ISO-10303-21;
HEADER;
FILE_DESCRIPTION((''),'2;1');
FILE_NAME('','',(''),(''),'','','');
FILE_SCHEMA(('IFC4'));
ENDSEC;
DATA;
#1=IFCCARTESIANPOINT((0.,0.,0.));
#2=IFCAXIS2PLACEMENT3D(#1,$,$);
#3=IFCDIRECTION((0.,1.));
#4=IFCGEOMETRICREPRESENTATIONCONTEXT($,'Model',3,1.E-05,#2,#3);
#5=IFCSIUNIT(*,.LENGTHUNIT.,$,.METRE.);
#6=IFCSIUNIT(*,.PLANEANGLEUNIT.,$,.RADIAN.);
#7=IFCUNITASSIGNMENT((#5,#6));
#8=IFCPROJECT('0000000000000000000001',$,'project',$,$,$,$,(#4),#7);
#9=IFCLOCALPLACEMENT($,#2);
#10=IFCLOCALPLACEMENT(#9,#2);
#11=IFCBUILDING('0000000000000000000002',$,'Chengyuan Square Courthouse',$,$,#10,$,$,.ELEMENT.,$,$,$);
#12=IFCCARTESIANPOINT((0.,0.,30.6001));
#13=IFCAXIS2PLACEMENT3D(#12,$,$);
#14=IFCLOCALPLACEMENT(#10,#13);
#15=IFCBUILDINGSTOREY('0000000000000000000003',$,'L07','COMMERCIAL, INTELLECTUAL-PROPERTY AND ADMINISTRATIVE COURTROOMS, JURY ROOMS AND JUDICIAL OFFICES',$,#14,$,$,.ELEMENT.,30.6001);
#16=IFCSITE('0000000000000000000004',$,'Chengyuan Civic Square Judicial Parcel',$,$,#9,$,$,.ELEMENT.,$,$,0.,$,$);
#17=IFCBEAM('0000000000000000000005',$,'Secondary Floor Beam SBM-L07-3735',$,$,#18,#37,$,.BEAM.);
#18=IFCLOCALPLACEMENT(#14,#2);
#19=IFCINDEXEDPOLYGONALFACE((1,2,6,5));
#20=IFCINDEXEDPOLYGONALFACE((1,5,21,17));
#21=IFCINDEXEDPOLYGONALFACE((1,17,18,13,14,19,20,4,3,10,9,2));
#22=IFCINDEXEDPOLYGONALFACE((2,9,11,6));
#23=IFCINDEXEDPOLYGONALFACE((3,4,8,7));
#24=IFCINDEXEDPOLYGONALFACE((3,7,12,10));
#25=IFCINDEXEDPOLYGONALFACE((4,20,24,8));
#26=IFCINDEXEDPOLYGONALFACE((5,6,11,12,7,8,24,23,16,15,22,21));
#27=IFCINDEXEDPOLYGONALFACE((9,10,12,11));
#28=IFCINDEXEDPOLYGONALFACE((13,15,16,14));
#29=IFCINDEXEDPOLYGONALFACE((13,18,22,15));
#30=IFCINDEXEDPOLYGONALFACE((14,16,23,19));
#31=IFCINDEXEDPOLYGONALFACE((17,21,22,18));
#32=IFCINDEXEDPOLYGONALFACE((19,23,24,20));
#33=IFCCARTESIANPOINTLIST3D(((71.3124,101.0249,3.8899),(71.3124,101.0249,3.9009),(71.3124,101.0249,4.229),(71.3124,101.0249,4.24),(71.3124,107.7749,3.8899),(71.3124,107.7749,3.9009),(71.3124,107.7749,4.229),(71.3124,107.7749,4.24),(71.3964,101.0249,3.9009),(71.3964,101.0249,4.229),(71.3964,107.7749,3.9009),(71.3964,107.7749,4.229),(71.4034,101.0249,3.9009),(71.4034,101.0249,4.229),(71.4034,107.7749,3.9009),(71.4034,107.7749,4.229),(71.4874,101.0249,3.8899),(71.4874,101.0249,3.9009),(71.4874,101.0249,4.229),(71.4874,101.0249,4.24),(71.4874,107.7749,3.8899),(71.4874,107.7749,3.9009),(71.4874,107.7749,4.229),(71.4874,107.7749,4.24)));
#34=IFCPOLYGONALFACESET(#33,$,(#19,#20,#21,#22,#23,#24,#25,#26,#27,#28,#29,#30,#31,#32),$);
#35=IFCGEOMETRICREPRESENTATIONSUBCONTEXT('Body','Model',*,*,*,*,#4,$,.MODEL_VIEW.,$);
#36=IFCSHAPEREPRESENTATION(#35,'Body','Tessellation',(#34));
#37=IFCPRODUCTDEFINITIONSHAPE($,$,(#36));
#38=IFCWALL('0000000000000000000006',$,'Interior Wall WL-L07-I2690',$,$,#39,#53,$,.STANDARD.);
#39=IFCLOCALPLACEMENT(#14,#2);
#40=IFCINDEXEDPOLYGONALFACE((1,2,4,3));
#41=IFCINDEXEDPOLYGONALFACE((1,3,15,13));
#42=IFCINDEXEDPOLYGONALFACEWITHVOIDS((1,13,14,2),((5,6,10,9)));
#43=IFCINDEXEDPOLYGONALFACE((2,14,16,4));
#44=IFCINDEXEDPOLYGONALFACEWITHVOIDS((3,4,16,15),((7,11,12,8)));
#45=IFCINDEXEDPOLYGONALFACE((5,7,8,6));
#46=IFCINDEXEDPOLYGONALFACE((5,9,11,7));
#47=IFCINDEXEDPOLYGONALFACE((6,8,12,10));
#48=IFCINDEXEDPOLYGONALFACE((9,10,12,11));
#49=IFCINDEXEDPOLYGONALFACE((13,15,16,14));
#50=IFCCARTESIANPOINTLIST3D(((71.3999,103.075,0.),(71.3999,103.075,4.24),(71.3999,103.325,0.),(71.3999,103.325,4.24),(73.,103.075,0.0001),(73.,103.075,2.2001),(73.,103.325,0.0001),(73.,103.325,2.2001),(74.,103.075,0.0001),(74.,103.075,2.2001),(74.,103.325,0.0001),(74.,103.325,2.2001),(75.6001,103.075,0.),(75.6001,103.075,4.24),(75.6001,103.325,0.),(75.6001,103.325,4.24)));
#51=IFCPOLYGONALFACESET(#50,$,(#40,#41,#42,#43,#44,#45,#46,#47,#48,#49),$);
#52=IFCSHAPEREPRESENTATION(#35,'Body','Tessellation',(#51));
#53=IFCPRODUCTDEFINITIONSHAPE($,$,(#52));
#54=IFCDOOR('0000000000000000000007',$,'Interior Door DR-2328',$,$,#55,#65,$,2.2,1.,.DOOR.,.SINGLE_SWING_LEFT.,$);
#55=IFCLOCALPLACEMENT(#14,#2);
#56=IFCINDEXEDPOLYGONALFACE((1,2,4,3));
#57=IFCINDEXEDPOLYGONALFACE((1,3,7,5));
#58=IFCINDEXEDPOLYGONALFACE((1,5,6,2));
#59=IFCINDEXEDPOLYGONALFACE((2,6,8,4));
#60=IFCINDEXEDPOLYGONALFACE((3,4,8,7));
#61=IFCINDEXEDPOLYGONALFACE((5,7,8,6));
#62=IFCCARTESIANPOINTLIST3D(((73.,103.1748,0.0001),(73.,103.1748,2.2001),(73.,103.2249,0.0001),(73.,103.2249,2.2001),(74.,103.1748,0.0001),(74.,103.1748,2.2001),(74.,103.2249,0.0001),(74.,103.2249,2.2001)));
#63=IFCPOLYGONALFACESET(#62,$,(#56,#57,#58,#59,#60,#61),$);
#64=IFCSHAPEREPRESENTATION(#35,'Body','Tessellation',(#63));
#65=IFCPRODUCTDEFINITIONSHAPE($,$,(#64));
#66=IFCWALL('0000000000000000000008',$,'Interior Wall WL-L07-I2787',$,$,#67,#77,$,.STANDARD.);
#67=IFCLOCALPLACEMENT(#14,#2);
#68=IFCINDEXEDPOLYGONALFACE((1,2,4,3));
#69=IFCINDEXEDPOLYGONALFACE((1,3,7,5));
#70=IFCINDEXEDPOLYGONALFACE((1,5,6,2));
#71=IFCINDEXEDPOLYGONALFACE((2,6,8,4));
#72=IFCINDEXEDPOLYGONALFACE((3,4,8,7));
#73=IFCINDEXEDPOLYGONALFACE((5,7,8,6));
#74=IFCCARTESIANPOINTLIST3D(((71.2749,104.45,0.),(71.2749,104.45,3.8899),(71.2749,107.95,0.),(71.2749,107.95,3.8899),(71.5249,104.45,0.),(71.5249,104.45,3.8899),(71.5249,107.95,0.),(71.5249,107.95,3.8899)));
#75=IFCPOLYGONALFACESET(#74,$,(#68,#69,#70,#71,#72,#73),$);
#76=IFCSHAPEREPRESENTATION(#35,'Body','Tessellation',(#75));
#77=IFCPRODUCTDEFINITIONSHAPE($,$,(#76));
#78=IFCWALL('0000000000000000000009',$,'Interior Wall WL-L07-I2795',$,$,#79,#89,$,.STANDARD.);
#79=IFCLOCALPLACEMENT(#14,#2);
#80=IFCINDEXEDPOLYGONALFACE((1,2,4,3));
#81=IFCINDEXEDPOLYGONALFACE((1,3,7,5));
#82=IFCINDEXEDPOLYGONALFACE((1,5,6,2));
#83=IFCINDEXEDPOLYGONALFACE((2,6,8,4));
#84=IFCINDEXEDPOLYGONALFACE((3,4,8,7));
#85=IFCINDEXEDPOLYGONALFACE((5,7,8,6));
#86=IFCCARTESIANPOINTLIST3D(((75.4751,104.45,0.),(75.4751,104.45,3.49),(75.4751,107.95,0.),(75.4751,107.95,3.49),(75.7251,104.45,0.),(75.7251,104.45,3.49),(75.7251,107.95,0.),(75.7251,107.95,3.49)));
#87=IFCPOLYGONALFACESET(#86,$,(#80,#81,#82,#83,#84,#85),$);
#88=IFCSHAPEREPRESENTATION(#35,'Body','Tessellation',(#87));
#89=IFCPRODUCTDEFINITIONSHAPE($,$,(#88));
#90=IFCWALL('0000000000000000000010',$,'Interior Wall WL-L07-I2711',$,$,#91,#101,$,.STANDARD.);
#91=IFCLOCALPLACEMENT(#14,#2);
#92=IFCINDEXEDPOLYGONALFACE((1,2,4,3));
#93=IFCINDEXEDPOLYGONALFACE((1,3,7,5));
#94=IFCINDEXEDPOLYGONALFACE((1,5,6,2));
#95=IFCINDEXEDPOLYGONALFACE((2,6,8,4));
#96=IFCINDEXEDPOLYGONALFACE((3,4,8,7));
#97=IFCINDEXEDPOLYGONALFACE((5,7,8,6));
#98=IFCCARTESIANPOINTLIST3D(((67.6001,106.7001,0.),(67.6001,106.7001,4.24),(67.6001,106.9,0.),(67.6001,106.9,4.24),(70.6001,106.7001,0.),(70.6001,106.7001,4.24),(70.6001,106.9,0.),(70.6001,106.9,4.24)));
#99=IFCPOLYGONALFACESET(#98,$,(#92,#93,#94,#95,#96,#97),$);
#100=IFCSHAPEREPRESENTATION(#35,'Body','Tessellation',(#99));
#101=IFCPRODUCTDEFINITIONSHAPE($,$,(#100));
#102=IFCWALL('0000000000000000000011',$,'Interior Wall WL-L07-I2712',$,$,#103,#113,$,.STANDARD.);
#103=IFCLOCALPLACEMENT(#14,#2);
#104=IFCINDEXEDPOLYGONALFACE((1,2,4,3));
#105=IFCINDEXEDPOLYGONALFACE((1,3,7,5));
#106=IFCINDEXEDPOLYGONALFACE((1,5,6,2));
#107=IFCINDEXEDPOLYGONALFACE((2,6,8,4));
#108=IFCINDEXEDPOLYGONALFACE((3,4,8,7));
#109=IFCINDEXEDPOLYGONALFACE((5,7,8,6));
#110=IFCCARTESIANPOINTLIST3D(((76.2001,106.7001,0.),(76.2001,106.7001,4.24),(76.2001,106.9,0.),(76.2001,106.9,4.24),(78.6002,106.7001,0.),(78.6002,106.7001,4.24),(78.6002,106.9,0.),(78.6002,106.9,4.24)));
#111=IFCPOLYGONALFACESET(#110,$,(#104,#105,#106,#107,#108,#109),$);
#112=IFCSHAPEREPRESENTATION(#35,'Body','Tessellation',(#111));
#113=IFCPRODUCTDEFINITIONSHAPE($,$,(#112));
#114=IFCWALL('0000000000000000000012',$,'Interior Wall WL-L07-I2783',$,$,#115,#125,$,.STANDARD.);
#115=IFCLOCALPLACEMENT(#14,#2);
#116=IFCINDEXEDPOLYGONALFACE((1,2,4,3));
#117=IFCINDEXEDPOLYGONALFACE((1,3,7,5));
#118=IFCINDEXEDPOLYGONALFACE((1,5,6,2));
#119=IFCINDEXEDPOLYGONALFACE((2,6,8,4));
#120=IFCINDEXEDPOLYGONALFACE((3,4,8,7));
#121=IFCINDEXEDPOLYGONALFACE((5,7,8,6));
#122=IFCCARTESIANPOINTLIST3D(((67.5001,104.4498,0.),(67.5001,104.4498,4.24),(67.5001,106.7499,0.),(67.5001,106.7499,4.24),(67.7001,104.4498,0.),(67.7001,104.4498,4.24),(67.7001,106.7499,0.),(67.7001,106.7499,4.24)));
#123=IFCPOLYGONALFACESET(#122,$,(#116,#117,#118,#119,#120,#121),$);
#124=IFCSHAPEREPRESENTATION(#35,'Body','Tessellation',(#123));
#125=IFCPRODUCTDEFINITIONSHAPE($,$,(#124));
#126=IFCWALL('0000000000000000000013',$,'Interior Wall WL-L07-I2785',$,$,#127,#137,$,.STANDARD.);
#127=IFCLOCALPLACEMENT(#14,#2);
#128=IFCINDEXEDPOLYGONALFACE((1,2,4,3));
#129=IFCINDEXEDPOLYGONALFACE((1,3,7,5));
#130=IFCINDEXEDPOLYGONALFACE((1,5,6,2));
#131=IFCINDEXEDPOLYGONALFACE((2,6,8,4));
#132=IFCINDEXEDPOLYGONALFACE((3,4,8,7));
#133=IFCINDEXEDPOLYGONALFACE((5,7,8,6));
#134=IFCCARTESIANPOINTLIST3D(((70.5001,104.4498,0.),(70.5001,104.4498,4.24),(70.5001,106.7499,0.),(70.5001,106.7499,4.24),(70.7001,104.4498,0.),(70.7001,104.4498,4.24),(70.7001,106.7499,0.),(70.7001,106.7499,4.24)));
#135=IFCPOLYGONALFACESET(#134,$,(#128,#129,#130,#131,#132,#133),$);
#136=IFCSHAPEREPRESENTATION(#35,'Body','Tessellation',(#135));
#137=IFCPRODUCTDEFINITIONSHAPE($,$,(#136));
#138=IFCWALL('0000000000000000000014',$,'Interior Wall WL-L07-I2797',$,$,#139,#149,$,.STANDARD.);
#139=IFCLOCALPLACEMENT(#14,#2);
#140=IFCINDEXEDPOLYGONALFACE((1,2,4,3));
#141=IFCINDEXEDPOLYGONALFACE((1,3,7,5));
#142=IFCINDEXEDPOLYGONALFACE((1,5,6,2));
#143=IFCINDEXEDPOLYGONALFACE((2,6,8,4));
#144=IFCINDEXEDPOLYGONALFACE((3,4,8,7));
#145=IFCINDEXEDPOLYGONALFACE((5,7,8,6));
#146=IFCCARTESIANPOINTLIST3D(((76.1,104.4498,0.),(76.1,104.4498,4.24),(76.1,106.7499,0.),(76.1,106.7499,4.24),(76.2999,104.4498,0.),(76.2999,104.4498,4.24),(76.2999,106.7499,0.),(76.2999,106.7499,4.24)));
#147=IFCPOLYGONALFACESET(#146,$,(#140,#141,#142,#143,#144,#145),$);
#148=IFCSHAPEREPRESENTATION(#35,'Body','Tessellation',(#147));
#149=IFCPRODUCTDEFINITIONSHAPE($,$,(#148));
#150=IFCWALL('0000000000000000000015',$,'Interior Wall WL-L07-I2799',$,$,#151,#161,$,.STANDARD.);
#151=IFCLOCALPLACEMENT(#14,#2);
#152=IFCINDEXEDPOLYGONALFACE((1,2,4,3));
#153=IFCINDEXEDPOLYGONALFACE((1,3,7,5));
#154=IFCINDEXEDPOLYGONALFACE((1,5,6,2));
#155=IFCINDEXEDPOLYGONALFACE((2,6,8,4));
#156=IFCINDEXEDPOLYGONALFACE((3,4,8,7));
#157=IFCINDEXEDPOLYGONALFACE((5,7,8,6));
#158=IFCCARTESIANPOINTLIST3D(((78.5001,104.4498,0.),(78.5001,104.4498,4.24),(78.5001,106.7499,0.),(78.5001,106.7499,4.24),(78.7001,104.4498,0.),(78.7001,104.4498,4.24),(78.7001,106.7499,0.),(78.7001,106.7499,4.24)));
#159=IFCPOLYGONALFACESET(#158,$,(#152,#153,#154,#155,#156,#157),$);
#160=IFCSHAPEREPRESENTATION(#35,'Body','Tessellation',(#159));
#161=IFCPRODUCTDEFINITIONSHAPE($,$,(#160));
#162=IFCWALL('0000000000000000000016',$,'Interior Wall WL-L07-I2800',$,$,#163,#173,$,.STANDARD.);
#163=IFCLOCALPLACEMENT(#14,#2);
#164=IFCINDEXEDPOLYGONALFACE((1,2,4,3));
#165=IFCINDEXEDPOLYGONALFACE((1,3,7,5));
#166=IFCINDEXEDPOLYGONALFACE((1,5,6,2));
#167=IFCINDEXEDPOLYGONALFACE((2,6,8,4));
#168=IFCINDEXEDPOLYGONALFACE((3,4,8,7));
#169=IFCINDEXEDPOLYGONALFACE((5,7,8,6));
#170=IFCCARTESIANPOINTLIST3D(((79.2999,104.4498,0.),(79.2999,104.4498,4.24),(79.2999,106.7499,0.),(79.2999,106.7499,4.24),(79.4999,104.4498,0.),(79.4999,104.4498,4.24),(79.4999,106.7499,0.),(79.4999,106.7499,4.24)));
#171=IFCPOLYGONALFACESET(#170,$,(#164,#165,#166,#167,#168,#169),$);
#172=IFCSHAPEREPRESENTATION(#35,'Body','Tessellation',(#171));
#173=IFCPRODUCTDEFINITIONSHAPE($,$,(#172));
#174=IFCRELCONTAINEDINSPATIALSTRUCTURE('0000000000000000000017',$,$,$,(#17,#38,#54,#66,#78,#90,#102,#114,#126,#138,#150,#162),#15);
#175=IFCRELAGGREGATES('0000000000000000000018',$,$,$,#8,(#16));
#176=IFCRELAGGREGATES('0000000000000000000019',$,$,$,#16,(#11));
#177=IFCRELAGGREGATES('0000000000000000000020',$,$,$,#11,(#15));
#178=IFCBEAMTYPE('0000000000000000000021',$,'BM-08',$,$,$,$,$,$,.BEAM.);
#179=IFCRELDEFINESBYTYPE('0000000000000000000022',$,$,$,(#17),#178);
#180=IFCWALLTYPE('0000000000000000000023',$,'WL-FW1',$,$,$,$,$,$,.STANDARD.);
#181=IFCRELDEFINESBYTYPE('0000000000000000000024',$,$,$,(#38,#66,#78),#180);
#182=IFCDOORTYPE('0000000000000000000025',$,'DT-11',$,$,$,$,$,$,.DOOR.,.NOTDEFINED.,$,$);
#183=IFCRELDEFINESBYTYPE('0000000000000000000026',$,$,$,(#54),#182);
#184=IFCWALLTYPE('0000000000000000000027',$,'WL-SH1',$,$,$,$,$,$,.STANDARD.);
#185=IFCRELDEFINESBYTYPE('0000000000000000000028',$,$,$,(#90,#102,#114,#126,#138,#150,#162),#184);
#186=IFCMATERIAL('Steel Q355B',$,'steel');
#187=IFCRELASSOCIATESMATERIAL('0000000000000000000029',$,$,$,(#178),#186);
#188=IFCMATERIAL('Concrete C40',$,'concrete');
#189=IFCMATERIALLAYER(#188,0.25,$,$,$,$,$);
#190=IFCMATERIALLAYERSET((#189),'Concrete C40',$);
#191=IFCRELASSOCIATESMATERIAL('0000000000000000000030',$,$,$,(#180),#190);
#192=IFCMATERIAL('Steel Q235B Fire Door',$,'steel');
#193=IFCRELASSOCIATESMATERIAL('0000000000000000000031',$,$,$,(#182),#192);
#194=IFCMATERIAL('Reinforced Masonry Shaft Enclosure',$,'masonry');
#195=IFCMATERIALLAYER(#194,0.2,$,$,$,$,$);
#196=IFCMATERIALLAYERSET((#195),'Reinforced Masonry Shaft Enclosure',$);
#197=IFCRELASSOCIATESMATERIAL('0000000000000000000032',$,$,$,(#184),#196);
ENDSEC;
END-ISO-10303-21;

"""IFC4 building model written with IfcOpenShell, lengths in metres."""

from ifc_helpers import new_model, si_unit, direction, frame, frame_2d, origin, origin_2d, place, context, subcontext, project, spatial, rectangle, i_section, extrude, material, layer, layer_set, material_profile, profile_set, type_object, element, fill, save


model = new_model("IFC4")

# Units and contexts
model_context = context("Model", 3, precision=1e-05, world=origin(), true_north=direction((0.0, 1.0)))
body_context = subcontext(model_context, "Body", "Model", "MODEL_VIEW")
ifc_project = project(units=[si_unit("LENGTHUNIT", "METRE"), si_unit("PLANEANGLEUNIT", "RADIAN")], contexts=[model_context])

# Site, building, storey
site_placement = place(None, origin())
site = spatial("IfcSite", under=ifc_project, at=site_placement, Name="Chengyuan Civic Square Judicial Parcel", CompositionType="ELEMENT", RefElevation=0.0)
building_placement = place(site_placement, origin())
building = spatial("IfcBuilding", under=site, at=building_placement, Name="Chengyuan Square Courthouse", CompositionType="ELEMENT")
storey_placement = place(building_placement, frame((0.0, 0.0, 30.6001)))
storey = spatial("IfcBuildingStorey", under=building, at=storey_placement, Name="L07", Description="COMMERCIAL, INTELLECTUAL-PROPERTY AND ADMINISTRATIVE COURTROOMS, JURY ROOMS AND JUDICIAL OFFICES", CompositionType="ELEMENT", Elevation=30.6001)

# Beam
ifc_material_1 = material(Name="Steel Q355B", Category="steel")
ifc_material_profile = material_profile(ifc_material_1, i_section(OverallWidth=0.175, OverallDepth=0.3501, WebThickness=0.0071, FlangeThickness=0.011, at=origin_2d()), Name="HN 350x175x7x11")
ifc_profile_set = profile_set([ifc_material_profile], Name="Steel Q355B")
beam_type = type_object("IfcBeamType", Name="BM-08", PredefinedType="BEAM", material=ifc_profile_set)
beam_placement = place(storey_placement, frame((71.3999, 101.0249, 4.0649), z_axis=(0.0, 1.0, 0.0), x_axis=(-1.0, 0.0, 0.0)))
element("IfcBeam", 1, at=beam_placement, inside=storey, type_object=beam_type, Name="Secondary Floor Beam SBM-L07-3735", PredefinedType="BEAM", context=body_context, shape_type="SweptSolid", body=[
    extrude(i_section(OverallWidth=0.175, OverallDepth=0.3501, WebThickness=0.0071, FlangeThickness=0.011, at=origin_2d()), origin(), (0.0, 0.0, 1.0), 6.75),
])

# Wall, opening, door
ifc_material_2 = material(Name="Concrete C40", Category="concrete")
ifc_layer_1 = layer(ifc_material_2, 0.25)
ifc_layer_set_1 = layer_set([ifc_layer_1], Name="Concrete C40")
wall_type_1 = type_object("IfcWallType", Name="WL-FW1", PredefinedType="STANDARD", material=ifc_layer_set_1)
wall_1_placement = place(storey_placement, frame((71.3999, 103.2, 0.0), z_axis=(0.0, 0.0, 1.0), x_axis=(1.0, 0.0, 0.0)))
wall_1 = element("IfcWall", 2, at=wall_1_placement, inside=storey, type_object=wall_type_1, Name="Interior Wall WL-L07-I2690", PredefinedType="STANDARD", context=body_context, shape_type="SweptSolid", body=[
    extrude(rectangle(XDim=4.2002, YDim=0.25, at=frame_2d((2.1001, 0.0))), origin(), (0.0, 0.0, 1.0), 4.24),
])
opening_1_placement = place(wall_1_placement, frame((1.6001, 0.0, 0.0)))
opening_1 = element("IfcOpeningElement", 3, at=opening_1_placement, cuts=wall_1, PredefinedType="OPENING", context=body_context, shape_type="SweptSolid", body=[
    extrude(rectangle(XDim=1.0, YDim=2.2, at=frame_2d((0.5, 1.1001))), frame((0.0, 0.137, 0.0), z_axis=(0.0, -1.0, 0.0), x_axis=(1.0, 0.0, 0.0)), (0.0, 0.0, 1.0), 0.2739),
])
ifc_material_3 = material(Name="Steel Q235B Fire Door", Category="steel")
door_type_1 = type_object("IfcDoorType", Name="DT-11", OperationType="NOTDEFINED", PredefinedType="DOOR", material=ifc_material_3)
door_1_placement = place(opening_1_placement, origin())
door_1 = element("IfcDoor", 4, at=door_1_placement, inside=storey, type_object=door_type_1, Name="Interior Door DR-2328", OperationType="SINGLE_SWING_LEFT", OverallHeight=2.2, OverallWidth=1.0, PredefinedType="DOOR", context=body_context, shape_type="SweptSolid", body=[
    extrude(rectangle(XDim=1.0, YDim=2.2, at=frame_2d((0.5, 1.1001))), frame((0.0, 0.0249, 0.0), z_axis=(0.0, -1.0, 0.0), x_axis=(1.0, 0.0, 0.0)), (0.0, 0.0, 1.0), 0.05),
])
fill(opening_1, door_1)

# Wall
wall_2_placement = place(storey_placement, frame((71.3999, 104.45, 0.0), z_axis=(0.0, 0.0, 1.0), x_axis=(0.0, 1.0, 0.0)))
element("IfcWall", 5, at=wall_2_placement, inside=storey, type_object=wall_type_1, Name="Interior Wall WL-L07-I2787", PredefinedType="STANDARD", context=body_context, shape_type="SweptSolid", body=[
    extrude(rectangle(XDim=3.5, YDim=0.25, at=frame_2d((1.75, 0.0))), origin(), (0.0, 0.0, 1.0), 3.8899),
])

# Wall
wall_3_placement = place(storey_placement, frame((75.6001, 104.45, 0.0), z_axis=(0.0, 0.0, 1.0), x_axis=(0.0, 1.0, 0.0)))
element("IfcWall", 6, at=wall_3_placement, inside=storey, type_object=wall_type_1, Name="Interior Wall WL-L07-I2795", PredefinedType="STANDARD", context=body_context, shape_type="SweptSolid", body=[
    extrude(rectangle(XDim=3.5, YDim=0.25, at=frame_2d((1.75, 0.0))), origin(), (0.0, 0.0, 1.0), 3.49),
])

# Shared definitions
ifc_material_4 = material(Name="Reinforced Masonry Shaft Enclosure", Category="masonry")
ifc_layer_2 = layer(ifc_material_4, 0.2)
ifc_layer_set_2 = layer_set([ifc_layer_2], Name="Reinforced Masonry Shaft Enclosure")
wall_type_2 = type_object("IfcWallType", Name="WL-SH1", PredefinedType="STANDARD", material=ifc_layer_set_2)

# Walls
wall_4_placement = place(storey_placement, frame((67.6001, 106.8, 0.0), z_axis=(0.0, 0.0, 1.0), x_axis=(1.0, 0.0, 0.0)))
element("IfcWall", 7, at=wall_4_placement, inside=storey, type_object=wall_type_2, Name="Interior Wall WL-L07-I2711", PredefinedType="STANDARD", context=body_context, shape_type="SweptSolid", body=[
    extrude(rectangle(XDim=3.0, YDim=0.2, at=frame_2d((1.5, 0.0))), origin(), (0.0, 0.0, 1.0), 4.24),
])
wall_5_placement = place(storey_placement, frame((76.2, 106.8, 0.0), z_axis=(0.0, 0.0, 1.0), x_axis=(1.0, 0.0, 0.0)))
element("IfcWall", 8, at=wall_5_placement, inside=storey, type_object=wall_type_2, Name="Interior Wall WL-L07-I2712", PredefinedType="STANDARD", context=body_context, shape_type="SweptSolid", body=[
    extrude(rectangle(XDim=2.4001, YDim=0.2, at=frame_2d((1.2002, 0.0))), origin(), (0.0, 0.0, 1.0), 4.24),
])
for number, where, z_axis, x_axis, name in (
    (9, (67.6001, 104.45, 0.0), (0.0, 0.0, 1.0), (0.0, 1.0, 0.0), "Interior Wall WL-L07-I2783"),
    (10, (70.6001, 104.45, 0.0), (0.0, 0.0, 1.0), (0.0, 1.0, 0.0), "Interior Wall WL-L07-I2785"),
    (11, (76.2, 104.45, 0.0), (0.0, 0.0, 1.0), (0.0, 1.0, 0.0), "Interior Wall WL-L07-I2797"),
    (12, (78.6001, 104.45, 0.0), (0.0, 0.0, 1.0), (0.0, 1.0, 0.0), "Interior Wall WL-L07-I2799"),
    (13, (79.3999, 104.45, 0.0), (0.0, 0.0, 1.0), (0.0, 1.0, 0.0), "Interior Wall WL-L07-I2800"),
):
    element("IfcWall", number, at=place(storey_placement, frame(where, z_axis=z_axis, x_axis=x_axis)), inside=storey, type_object=wall_type_2, Name=name, PredefinedType="STANDARD", context=body_context, shape_type="SweptSolid", body=[
        extrude(rectangle(XDim=2.3, YDim=0.2, at=frame_2d((1.1499, 0.0))), origin(), (0.0, 0.0, 1.0), 4.24),
    ])

save(model, "model.ifc")
